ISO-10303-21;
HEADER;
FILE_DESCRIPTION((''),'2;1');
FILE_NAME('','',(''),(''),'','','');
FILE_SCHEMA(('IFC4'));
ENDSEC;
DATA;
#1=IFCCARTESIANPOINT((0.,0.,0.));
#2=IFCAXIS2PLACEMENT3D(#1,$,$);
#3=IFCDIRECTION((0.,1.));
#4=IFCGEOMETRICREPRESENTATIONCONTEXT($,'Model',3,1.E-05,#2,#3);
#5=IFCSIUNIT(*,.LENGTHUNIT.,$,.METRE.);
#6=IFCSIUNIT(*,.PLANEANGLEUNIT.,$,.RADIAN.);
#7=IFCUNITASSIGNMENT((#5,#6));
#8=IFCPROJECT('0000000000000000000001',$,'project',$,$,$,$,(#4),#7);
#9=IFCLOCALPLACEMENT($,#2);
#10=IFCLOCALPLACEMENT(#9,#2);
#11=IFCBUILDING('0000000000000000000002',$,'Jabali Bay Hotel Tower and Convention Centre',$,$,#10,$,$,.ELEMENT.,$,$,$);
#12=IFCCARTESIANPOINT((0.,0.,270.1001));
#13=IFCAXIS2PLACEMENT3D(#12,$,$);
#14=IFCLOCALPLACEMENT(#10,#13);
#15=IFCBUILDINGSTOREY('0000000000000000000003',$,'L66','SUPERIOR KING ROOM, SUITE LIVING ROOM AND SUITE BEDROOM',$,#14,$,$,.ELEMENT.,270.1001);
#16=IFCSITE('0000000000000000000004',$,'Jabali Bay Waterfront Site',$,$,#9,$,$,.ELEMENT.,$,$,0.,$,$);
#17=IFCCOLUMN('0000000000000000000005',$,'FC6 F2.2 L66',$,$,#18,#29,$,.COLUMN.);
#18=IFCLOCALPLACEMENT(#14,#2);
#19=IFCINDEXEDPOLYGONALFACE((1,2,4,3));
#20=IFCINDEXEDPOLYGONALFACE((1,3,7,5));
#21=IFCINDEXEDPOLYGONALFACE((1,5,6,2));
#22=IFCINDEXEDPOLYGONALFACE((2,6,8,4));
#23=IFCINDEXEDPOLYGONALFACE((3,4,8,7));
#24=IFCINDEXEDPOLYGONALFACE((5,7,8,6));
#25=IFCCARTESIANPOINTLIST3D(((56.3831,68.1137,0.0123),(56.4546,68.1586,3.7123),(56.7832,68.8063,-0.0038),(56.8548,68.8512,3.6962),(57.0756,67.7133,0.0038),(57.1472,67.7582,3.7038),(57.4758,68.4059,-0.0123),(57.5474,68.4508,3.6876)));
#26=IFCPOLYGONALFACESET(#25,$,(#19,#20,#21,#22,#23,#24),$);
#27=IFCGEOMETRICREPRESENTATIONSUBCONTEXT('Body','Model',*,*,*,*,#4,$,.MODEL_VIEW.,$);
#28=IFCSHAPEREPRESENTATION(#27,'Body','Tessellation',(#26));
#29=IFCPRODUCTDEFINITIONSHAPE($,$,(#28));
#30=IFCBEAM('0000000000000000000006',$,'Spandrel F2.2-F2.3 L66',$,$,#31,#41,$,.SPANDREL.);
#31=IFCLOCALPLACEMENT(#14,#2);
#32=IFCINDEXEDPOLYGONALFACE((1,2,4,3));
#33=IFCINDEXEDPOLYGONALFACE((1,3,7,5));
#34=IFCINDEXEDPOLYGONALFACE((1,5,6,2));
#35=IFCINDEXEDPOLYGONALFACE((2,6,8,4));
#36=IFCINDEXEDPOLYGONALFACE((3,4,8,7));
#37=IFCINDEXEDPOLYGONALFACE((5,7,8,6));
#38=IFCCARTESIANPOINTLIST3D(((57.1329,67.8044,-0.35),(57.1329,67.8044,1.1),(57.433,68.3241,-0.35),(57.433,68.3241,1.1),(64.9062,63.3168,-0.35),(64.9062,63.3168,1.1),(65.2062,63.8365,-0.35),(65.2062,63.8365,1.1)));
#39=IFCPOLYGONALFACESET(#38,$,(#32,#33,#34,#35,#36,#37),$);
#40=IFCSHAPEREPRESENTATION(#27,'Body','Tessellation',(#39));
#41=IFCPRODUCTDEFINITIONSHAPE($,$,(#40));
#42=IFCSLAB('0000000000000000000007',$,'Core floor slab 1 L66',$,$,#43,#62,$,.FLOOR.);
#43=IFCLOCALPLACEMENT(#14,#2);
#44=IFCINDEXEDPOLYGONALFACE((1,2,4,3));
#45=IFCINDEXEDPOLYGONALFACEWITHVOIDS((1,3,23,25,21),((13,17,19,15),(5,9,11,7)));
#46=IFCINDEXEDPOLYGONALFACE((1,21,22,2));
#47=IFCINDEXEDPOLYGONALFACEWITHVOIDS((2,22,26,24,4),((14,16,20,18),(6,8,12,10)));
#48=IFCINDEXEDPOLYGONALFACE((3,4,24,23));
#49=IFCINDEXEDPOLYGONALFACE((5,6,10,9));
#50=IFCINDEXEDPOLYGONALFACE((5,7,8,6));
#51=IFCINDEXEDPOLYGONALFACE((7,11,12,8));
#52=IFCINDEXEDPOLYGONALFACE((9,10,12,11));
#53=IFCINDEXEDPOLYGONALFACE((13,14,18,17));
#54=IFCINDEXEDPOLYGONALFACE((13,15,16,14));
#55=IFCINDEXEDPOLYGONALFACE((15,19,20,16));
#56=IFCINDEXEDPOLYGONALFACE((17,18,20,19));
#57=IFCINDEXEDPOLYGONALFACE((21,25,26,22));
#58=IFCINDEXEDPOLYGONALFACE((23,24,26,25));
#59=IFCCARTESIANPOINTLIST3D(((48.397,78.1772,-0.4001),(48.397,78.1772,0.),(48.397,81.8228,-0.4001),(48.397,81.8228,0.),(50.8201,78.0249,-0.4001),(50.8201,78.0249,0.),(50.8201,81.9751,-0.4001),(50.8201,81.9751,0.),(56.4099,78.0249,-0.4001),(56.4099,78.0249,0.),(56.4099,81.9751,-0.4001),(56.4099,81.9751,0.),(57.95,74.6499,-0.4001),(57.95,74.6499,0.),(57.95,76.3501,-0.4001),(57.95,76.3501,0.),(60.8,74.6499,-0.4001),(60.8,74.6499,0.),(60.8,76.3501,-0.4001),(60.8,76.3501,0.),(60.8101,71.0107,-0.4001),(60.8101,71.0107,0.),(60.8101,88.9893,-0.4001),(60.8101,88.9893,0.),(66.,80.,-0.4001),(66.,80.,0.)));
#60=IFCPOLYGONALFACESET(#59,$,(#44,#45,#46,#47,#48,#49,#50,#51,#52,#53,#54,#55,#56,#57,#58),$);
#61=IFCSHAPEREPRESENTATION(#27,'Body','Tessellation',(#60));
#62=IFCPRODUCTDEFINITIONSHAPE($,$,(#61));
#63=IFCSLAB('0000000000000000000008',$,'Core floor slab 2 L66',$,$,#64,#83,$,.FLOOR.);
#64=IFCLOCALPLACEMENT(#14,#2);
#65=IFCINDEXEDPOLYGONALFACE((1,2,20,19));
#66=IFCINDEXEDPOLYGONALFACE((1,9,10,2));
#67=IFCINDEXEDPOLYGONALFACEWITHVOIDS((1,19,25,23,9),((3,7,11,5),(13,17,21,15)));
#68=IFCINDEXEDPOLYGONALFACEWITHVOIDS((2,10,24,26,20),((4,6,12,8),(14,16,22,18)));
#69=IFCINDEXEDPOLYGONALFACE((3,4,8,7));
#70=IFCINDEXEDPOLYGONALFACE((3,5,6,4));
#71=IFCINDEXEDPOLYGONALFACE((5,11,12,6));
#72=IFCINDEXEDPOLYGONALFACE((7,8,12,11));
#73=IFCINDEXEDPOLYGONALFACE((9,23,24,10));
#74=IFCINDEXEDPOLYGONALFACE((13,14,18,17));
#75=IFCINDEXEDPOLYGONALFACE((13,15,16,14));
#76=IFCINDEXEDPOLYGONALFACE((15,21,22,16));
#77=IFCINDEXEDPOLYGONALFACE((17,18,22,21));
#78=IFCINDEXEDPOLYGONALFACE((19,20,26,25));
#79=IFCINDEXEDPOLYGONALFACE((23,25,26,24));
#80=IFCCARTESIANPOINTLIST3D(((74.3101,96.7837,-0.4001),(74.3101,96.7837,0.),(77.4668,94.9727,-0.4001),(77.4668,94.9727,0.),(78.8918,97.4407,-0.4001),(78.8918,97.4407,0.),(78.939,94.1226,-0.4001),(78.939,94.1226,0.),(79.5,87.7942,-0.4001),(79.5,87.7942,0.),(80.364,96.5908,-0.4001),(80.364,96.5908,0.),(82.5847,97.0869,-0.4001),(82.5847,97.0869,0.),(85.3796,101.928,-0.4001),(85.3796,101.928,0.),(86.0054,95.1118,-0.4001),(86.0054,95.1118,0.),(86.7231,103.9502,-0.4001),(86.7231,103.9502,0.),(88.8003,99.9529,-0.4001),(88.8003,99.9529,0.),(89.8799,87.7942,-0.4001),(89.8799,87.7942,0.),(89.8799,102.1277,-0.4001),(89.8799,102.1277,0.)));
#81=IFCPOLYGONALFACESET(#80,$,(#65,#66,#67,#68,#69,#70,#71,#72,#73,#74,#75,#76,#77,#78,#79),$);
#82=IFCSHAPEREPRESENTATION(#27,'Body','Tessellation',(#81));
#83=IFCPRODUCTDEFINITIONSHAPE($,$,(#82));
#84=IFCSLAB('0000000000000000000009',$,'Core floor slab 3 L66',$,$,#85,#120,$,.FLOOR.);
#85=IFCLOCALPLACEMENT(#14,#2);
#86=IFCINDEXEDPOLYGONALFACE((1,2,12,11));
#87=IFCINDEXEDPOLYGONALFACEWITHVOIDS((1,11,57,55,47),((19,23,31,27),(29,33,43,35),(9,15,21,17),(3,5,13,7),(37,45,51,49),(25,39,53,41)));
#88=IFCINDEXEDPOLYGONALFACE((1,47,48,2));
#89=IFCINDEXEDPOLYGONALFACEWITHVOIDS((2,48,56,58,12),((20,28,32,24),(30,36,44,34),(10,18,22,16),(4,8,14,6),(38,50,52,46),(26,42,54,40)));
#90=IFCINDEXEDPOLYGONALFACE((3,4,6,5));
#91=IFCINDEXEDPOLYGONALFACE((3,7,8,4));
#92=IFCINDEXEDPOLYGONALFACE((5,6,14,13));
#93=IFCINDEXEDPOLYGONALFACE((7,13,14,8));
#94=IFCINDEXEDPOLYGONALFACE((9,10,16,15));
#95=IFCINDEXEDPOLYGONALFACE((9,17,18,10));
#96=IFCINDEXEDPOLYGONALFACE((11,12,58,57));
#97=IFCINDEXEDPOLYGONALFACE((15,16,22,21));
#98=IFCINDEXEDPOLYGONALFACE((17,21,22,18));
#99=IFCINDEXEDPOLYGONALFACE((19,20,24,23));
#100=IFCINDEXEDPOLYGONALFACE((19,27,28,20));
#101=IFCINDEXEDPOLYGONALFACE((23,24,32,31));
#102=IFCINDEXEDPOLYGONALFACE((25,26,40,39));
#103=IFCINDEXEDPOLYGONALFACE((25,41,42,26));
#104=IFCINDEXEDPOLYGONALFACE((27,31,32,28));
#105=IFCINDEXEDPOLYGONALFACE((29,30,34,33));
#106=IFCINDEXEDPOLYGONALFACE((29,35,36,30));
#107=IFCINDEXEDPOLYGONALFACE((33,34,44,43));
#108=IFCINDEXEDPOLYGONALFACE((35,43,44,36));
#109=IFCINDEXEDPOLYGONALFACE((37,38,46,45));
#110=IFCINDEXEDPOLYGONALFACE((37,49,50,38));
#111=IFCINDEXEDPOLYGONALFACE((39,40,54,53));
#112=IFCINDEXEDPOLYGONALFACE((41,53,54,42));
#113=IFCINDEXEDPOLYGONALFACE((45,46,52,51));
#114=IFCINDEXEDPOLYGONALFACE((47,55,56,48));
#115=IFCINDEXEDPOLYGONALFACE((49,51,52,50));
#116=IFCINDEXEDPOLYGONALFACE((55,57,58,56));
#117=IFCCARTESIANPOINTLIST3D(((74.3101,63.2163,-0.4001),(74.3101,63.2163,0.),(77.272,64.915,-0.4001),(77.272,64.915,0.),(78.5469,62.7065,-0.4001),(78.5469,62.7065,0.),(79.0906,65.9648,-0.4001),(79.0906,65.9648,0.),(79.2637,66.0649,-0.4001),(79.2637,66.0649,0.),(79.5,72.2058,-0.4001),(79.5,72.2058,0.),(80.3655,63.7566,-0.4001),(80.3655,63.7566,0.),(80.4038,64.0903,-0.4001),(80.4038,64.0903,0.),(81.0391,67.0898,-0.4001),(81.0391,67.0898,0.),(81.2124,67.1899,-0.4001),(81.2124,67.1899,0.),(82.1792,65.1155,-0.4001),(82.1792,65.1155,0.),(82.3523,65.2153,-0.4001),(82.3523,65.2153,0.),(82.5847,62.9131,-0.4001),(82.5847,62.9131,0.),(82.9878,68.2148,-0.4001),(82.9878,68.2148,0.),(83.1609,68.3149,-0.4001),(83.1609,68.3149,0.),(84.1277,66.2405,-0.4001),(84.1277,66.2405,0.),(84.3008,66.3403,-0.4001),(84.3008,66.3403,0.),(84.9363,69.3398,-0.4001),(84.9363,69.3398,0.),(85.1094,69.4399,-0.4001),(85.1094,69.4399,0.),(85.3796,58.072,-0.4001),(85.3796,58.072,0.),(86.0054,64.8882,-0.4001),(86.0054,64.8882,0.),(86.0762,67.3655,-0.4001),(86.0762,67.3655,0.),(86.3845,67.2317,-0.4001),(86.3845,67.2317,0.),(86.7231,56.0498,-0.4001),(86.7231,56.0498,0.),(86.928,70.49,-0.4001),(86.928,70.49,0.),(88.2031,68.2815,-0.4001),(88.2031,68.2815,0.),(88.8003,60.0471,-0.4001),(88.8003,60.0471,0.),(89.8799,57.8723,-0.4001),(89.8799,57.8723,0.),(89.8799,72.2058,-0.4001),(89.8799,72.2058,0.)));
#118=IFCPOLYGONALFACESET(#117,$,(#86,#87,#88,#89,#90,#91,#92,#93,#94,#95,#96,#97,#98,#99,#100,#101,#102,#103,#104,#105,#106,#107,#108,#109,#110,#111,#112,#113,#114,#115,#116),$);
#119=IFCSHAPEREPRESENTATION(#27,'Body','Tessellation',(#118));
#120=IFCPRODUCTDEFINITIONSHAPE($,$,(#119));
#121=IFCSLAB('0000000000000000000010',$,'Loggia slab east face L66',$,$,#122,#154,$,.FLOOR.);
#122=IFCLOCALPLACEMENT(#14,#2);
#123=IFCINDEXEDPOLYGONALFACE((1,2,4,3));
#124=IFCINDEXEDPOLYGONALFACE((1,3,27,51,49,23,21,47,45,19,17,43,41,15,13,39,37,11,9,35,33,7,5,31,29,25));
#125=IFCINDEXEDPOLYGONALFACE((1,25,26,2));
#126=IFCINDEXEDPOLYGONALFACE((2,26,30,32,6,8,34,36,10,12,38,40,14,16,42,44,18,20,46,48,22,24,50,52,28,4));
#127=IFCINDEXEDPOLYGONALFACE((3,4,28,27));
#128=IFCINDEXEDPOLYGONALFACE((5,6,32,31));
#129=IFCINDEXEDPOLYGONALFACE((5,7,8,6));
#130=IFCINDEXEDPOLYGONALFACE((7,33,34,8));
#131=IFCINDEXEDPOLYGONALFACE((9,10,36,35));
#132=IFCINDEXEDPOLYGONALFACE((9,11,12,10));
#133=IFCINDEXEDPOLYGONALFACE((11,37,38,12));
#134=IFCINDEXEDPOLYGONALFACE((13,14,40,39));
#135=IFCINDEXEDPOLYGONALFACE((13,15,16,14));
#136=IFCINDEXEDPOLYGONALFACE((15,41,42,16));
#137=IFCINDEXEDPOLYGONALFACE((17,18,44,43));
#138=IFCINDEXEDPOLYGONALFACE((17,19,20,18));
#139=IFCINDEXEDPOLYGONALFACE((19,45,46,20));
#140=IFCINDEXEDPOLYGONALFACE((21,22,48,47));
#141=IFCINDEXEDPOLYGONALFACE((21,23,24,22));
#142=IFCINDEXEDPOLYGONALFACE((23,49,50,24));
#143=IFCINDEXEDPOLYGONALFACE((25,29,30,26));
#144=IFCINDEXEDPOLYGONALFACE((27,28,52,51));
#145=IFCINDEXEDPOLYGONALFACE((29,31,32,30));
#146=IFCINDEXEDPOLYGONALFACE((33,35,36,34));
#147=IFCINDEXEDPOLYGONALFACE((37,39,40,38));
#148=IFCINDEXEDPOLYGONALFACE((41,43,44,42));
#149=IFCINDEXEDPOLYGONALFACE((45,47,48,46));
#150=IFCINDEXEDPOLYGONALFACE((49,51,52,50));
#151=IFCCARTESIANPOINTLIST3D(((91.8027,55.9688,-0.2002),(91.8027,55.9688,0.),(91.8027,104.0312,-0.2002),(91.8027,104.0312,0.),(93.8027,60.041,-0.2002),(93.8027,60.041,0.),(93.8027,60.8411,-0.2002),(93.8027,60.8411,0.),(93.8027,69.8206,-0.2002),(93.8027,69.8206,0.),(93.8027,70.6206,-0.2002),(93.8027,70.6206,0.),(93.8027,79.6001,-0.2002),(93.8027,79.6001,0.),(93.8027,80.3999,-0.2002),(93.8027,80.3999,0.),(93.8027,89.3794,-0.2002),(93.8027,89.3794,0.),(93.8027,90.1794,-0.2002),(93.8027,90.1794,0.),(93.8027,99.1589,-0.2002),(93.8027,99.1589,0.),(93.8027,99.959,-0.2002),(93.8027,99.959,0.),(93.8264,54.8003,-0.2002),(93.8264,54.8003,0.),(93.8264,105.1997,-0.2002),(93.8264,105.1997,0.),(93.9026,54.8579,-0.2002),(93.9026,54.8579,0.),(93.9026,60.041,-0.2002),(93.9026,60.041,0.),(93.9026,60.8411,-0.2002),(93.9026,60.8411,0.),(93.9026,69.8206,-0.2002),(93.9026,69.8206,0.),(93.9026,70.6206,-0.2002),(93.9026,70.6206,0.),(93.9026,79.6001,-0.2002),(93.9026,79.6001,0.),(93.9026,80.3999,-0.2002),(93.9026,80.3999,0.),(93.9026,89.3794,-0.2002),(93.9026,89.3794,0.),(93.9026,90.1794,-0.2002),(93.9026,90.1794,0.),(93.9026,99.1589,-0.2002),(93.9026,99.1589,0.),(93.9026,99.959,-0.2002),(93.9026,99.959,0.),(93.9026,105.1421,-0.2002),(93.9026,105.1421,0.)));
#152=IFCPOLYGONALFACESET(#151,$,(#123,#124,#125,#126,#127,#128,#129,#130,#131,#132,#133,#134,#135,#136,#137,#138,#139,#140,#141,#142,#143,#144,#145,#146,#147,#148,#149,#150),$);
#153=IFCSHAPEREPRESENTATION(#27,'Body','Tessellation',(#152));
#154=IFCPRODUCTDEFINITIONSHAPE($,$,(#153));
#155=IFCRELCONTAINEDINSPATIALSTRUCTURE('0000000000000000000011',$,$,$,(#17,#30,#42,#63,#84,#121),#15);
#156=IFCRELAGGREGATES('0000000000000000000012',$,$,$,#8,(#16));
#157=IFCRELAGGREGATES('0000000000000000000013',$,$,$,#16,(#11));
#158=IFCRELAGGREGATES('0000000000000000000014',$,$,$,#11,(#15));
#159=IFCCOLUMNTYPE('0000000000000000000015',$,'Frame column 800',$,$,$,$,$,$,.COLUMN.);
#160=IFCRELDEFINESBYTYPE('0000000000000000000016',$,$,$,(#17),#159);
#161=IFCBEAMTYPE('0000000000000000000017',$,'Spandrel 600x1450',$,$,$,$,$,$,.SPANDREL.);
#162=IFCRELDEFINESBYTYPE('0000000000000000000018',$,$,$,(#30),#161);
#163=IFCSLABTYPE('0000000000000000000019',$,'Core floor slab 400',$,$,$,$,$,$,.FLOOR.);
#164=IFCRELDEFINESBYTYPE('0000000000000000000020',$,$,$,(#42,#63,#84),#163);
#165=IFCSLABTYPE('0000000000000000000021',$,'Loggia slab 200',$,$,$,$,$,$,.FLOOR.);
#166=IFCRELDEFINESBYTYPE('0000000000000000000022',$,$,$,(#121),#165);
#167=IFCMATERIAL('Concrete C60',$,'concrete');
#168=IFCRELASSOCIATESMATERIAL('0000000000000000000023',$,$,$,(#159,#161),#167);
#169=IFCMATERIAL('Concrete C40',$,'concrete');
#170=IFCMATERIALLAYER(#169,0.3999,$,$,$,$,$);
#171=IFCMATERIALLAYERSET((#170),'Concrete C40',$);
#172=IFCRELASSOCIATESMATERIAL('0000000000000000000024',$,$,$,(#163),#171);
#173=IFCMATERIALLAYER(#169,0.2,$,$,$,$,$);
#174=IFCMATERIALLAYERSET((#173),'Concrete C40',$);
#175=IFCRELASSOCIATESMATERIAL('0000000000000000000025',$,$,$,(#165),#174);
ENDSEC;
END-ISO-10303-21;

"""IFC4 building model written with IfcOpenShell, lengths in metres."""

from ifc_helpers import new_model, si_unit, direction, frame, origin, origin_2d, place, context, subcontext, project, spatial, polyline, rectangle, outline, extrude, material, layer, layer_set, material_profile, profile_set, type_object, element, save


model = new_model("IFC4")

# Units and contexts
model_context = context("Model", 3, precision=1e-05, world=origin(), true_north=direction((0.0, 1.0)))
body_context = subcontext(model_context, "Body", "Model", "MODEL_VIEW")
ifc_project = project(units=[si_unit("LENGTHUNIT", "METRE"), si_unit("PLANEANGLEUNIT", "RADIAN")], contexts=[model_context])

# Site, building, storey
site_placement = place(None, origin())
site = spatial("IfcSite", under=ifc_project, at=site_placement, Name="Jabali Bay Waterfront Site", CompositionType="ELEMENT", RefElevation=0.0)
building_placement = place(site_placement, origin())
building = spatial("IfcBuilding", under=site, at=building_placement, Name="Jabali Bay Hotel Tower and Convention Centre", CompositionType="ELEMENT")
storey_placement = place(building_placement, frame((0.0, 0.0, 270.1001)))
storey = spatial("IfcBuildingStorey", under=building, at=storey_placement, Name="L66", Description="SUPERIOR KING ROOM, SUITE LIVING ROOM AND SUITE BEDROOM", CompositionType="ELEMENT", Elevation=270.1001)

# Column
ifc_material_1 = material(Name="Concrete C60", Category="concrete")
ifc_material_profile_1 = material_profile(ifc_material_1, rectangle(XDim=0.8, YDim=0.8, at=origin_2d()), Name="Frame column 800")
ifc_profile_set_1 = profile_set([ifc_material_profile_1], Name="Concrete C60")
column_type = type_object("IfcColumnType", Name="Frame column 800", PredefinedType="COLUMN", material=ifc_profile_set_1)
column_placement = place(storey_placement, frame((56.9294, 68.2598, 0.0), z_axis=(0.019329, 0.012138, 0.99974), x_axis=(-0.865691, 0.500465, 0.010661)))
element("IfcColumn", 1, at=column_placement, inside=storey, type_object=column_type, Name="FC6 F2.2 L66", PredefinedType="COLUMN", context=body_context, shape_type="SweptSolid", body=[
    extrude(rectangle(XDim=0.8, YDim=0.8, at=origin_2d()), origin(), (0.0, 0.0, 1.0), 3.7009),
])

# Beam
ifc_material_profile_2 = material_profile(ifc_material_1, rectangle(XDim=0.6001, YDim=1.45, at=origin_2d()), Name="Spandrel 600x1450")
ifc_profile_set_2 = profile_set([ifc_material_profile_2], Name="Concrete C60")
beam_type = type_object("IfcBeamType", Name="Spandrel 600x1450", PredefinedType="SPANDREL", material=ifc_profile_set_2)
beam_placement = place(storey_placement, frame((57.283, 68.0642, 0.375), z_axis=(0.86604, -0.499974, 0.0), x_axis=(0.499974, 0.86604, 0.0)))
element("IfcBeam", 2, at=beam_placement, inside=storey, type_object=beam_type, Name="Spandrel F2.2-F2.3 L66", PredefinedType="SPANDREL", context=body_context, shape_type="SweptSolid", body=[
    extrude(rectangle(XDim=0.6001, YDim=1.45, at=origin_2d()), origin(), (0.0, 0.0, 1.0), 8.9756),
])

# Slabs
ifc_material_2 = material(Name="Concrete C40", Category="concrete")
ifc_layer_1 = layer(ifc_material_2, 0.3999)
ifc_layer_set_1 = layer_set([ifc_layer_1], Name="Concrete C40")
slab_type_1 = type_object("IfcSlabType", Name="Core floor slab 400", PredefinedType="FLOOR", material=ifc_layer_set_1)
slab_1_placement = place(storey_placement, frame((0.0, 0.0, -0.4001)))
element("IfcSlab", 3, at=slab_1_placement, inside=storey, type_object=slab_type_1, Name="Core floor slab 1 L66", PredefinedType="FLOOR", context=body_context, shape_type="SweptSolid", body=[
    extrude(outline(polyline([(66.0, 80.0), (60.8101, 88.9893), (48.397, 81.8228), (48.397, 78.1772), (60.8101, 71.0107), (66.0, 80.0)]), holes=[polyline([(60.8, 76.3501), (57.95, 76.3501), (57.95, 74.6499), (60.8, 74.6499), (60.8, 76.3501)]), polyline([(50.8201, 81.9751), (50.8201, 78.0249), (56.4099, 78.0249), (56.4099, 81.9751), (50.8201, 81.9751)])]), origin(), (0.0, 0.0, 1.0), 0.4001),
])
slab_2_placement = place(storey_placement, frame((0.0, 0.0, -0.4001)))
element("IfcSlab", 4, at=slab_2_placement, inside=storey, type_object=slab_type_1, Name="Core floor slab 2 L66", PredefinedType="FLOOR", context=body_context, shape_type="SweptSolid", body=[
    extrude(outline(polyline([(79.5, 87.7942), (89.8799, 87.7942), (89.8799, 102.1277), (86.7231, 103.9502), (74.3101, 96.7837), (79.5, 87.7942)]), holes=[polyline([(78.939, 94.1226), (80.364, 96.5908), (78.8918, 97.4407), (77.4668, 94.9727), (78.939, 94.1226)]), polyline([(88.8003, 99.9529), (85.3796, 101.928), (82.5847, 97.0869), (86.0054, 95.1118), (88.8003, 99.9529)])]), origin(), (0.0, 0.0, 1.0), 0.4001),
])
slab_3_placement = place(storey_placement, frame((0.0, 0.0, -0.4001)))
element("IfcSlab", 5, at=slab_3_placement, inside=storey, type_object=slab_type_1, Name="Core floor slab 3 L66", PredefinedType="FLOOR", context=body_context, shape_type="SweptSolid", body=[
    extrude(outline(polyline([(79.5, 72.2058), (74.3101, 63.2163), (86.7231, 56.0498), (89.8799, 57.8723), (89.8799, 72.2058), (79.5, 72.2058)]), holes=[polyline([(82.5847, 62.9131), (85.3796, 58.072), (88.8003, 60.0471), (86.0054, 64.8882), (82.5847, 62.9131)]), polyline([(80.3655, 63.7566), (79.0906, 65.9648), (77.272, 64.915), (78.5469, 62.7065), (80.3655, 63.7566)]), polyline([(82.1792, 65.1155), (81.0391, 67.0898), (79.2637, 66.0649), (80.4038, 64.0903), (82.1792, 65.1155)]), polyline([(82.9878, 68.2148), (81.2124, 67.1899), (82.3523, 65.2153), (84.1277, 66.2405), (82.9878, 68.2148)]), polyline([(86.0762, 67.3655), (84.9363, 69.3398), (83.1609, 68.3149), (84.3008, 66.3403), (86.0762, 67.3655)]), polyline([(88.2031, 68.2815), (86.928, 70.49), (85.1094, 69.4399), (86.3845, 67.2317), (88.2031, 68.2815)])]), origin(), (0.0, 0.0, 1.0), 0.4001),
])
ifc_layer_2 = layer(ifc_material_2, 0.2)
ifc_layer_set_2 = layer_set([ifc_layer_2], Name="Concrete C40")
slab_type_2 = type_object("IfcSlabType", Name="Loggia slab 200", PredefinedType="FLOOR", material=ifc_layer_set_2)
slab_4_placement = place(storey_placement, frame((0.0, 0.0, -0.2002)))
element("IfcSlab", 6, at=slab_4_placement, inside=storey, type_object=slab_type_2, Name="Loggia slab east face L66", PredefinedType="FLOOR", context=body_context, shape_type="SweptSolid", body=[
    extrude(outline(polyline([(91.8027, 104.0312), (93.8264, 105.1997), (93.9026, 105.1421), (93.9026, 99.959), (93.8027, 99.959), (93.8027, 99.1589), (93.9026, 99.1589), (93.9026, 90.1794), (93.8027, 90.1794), (93.8027, 89.3794), (93.9026, 89.3794), (93.9026, 80.3999), (93.8027, 80.3999), (93.8027, 79.6001), (93.9026, 79.6001), (93.9026, 70.6206), (93.8027, 70.6206), (93.8027, 69.8206), (93.9026, 69.8206), (93.9026, 60.8411), (93.8027, 60.8411), (93.8027, 60.041), (93.9026, 60.041), (93.9026, 54.8579), (93.8264, 54.8003), (91.8027, 55.9688), (91.8027, 104.0312)])), origin(), (0.0, 0.0, 1.0), 0.2002),
])

save(model, "model.ifc")
